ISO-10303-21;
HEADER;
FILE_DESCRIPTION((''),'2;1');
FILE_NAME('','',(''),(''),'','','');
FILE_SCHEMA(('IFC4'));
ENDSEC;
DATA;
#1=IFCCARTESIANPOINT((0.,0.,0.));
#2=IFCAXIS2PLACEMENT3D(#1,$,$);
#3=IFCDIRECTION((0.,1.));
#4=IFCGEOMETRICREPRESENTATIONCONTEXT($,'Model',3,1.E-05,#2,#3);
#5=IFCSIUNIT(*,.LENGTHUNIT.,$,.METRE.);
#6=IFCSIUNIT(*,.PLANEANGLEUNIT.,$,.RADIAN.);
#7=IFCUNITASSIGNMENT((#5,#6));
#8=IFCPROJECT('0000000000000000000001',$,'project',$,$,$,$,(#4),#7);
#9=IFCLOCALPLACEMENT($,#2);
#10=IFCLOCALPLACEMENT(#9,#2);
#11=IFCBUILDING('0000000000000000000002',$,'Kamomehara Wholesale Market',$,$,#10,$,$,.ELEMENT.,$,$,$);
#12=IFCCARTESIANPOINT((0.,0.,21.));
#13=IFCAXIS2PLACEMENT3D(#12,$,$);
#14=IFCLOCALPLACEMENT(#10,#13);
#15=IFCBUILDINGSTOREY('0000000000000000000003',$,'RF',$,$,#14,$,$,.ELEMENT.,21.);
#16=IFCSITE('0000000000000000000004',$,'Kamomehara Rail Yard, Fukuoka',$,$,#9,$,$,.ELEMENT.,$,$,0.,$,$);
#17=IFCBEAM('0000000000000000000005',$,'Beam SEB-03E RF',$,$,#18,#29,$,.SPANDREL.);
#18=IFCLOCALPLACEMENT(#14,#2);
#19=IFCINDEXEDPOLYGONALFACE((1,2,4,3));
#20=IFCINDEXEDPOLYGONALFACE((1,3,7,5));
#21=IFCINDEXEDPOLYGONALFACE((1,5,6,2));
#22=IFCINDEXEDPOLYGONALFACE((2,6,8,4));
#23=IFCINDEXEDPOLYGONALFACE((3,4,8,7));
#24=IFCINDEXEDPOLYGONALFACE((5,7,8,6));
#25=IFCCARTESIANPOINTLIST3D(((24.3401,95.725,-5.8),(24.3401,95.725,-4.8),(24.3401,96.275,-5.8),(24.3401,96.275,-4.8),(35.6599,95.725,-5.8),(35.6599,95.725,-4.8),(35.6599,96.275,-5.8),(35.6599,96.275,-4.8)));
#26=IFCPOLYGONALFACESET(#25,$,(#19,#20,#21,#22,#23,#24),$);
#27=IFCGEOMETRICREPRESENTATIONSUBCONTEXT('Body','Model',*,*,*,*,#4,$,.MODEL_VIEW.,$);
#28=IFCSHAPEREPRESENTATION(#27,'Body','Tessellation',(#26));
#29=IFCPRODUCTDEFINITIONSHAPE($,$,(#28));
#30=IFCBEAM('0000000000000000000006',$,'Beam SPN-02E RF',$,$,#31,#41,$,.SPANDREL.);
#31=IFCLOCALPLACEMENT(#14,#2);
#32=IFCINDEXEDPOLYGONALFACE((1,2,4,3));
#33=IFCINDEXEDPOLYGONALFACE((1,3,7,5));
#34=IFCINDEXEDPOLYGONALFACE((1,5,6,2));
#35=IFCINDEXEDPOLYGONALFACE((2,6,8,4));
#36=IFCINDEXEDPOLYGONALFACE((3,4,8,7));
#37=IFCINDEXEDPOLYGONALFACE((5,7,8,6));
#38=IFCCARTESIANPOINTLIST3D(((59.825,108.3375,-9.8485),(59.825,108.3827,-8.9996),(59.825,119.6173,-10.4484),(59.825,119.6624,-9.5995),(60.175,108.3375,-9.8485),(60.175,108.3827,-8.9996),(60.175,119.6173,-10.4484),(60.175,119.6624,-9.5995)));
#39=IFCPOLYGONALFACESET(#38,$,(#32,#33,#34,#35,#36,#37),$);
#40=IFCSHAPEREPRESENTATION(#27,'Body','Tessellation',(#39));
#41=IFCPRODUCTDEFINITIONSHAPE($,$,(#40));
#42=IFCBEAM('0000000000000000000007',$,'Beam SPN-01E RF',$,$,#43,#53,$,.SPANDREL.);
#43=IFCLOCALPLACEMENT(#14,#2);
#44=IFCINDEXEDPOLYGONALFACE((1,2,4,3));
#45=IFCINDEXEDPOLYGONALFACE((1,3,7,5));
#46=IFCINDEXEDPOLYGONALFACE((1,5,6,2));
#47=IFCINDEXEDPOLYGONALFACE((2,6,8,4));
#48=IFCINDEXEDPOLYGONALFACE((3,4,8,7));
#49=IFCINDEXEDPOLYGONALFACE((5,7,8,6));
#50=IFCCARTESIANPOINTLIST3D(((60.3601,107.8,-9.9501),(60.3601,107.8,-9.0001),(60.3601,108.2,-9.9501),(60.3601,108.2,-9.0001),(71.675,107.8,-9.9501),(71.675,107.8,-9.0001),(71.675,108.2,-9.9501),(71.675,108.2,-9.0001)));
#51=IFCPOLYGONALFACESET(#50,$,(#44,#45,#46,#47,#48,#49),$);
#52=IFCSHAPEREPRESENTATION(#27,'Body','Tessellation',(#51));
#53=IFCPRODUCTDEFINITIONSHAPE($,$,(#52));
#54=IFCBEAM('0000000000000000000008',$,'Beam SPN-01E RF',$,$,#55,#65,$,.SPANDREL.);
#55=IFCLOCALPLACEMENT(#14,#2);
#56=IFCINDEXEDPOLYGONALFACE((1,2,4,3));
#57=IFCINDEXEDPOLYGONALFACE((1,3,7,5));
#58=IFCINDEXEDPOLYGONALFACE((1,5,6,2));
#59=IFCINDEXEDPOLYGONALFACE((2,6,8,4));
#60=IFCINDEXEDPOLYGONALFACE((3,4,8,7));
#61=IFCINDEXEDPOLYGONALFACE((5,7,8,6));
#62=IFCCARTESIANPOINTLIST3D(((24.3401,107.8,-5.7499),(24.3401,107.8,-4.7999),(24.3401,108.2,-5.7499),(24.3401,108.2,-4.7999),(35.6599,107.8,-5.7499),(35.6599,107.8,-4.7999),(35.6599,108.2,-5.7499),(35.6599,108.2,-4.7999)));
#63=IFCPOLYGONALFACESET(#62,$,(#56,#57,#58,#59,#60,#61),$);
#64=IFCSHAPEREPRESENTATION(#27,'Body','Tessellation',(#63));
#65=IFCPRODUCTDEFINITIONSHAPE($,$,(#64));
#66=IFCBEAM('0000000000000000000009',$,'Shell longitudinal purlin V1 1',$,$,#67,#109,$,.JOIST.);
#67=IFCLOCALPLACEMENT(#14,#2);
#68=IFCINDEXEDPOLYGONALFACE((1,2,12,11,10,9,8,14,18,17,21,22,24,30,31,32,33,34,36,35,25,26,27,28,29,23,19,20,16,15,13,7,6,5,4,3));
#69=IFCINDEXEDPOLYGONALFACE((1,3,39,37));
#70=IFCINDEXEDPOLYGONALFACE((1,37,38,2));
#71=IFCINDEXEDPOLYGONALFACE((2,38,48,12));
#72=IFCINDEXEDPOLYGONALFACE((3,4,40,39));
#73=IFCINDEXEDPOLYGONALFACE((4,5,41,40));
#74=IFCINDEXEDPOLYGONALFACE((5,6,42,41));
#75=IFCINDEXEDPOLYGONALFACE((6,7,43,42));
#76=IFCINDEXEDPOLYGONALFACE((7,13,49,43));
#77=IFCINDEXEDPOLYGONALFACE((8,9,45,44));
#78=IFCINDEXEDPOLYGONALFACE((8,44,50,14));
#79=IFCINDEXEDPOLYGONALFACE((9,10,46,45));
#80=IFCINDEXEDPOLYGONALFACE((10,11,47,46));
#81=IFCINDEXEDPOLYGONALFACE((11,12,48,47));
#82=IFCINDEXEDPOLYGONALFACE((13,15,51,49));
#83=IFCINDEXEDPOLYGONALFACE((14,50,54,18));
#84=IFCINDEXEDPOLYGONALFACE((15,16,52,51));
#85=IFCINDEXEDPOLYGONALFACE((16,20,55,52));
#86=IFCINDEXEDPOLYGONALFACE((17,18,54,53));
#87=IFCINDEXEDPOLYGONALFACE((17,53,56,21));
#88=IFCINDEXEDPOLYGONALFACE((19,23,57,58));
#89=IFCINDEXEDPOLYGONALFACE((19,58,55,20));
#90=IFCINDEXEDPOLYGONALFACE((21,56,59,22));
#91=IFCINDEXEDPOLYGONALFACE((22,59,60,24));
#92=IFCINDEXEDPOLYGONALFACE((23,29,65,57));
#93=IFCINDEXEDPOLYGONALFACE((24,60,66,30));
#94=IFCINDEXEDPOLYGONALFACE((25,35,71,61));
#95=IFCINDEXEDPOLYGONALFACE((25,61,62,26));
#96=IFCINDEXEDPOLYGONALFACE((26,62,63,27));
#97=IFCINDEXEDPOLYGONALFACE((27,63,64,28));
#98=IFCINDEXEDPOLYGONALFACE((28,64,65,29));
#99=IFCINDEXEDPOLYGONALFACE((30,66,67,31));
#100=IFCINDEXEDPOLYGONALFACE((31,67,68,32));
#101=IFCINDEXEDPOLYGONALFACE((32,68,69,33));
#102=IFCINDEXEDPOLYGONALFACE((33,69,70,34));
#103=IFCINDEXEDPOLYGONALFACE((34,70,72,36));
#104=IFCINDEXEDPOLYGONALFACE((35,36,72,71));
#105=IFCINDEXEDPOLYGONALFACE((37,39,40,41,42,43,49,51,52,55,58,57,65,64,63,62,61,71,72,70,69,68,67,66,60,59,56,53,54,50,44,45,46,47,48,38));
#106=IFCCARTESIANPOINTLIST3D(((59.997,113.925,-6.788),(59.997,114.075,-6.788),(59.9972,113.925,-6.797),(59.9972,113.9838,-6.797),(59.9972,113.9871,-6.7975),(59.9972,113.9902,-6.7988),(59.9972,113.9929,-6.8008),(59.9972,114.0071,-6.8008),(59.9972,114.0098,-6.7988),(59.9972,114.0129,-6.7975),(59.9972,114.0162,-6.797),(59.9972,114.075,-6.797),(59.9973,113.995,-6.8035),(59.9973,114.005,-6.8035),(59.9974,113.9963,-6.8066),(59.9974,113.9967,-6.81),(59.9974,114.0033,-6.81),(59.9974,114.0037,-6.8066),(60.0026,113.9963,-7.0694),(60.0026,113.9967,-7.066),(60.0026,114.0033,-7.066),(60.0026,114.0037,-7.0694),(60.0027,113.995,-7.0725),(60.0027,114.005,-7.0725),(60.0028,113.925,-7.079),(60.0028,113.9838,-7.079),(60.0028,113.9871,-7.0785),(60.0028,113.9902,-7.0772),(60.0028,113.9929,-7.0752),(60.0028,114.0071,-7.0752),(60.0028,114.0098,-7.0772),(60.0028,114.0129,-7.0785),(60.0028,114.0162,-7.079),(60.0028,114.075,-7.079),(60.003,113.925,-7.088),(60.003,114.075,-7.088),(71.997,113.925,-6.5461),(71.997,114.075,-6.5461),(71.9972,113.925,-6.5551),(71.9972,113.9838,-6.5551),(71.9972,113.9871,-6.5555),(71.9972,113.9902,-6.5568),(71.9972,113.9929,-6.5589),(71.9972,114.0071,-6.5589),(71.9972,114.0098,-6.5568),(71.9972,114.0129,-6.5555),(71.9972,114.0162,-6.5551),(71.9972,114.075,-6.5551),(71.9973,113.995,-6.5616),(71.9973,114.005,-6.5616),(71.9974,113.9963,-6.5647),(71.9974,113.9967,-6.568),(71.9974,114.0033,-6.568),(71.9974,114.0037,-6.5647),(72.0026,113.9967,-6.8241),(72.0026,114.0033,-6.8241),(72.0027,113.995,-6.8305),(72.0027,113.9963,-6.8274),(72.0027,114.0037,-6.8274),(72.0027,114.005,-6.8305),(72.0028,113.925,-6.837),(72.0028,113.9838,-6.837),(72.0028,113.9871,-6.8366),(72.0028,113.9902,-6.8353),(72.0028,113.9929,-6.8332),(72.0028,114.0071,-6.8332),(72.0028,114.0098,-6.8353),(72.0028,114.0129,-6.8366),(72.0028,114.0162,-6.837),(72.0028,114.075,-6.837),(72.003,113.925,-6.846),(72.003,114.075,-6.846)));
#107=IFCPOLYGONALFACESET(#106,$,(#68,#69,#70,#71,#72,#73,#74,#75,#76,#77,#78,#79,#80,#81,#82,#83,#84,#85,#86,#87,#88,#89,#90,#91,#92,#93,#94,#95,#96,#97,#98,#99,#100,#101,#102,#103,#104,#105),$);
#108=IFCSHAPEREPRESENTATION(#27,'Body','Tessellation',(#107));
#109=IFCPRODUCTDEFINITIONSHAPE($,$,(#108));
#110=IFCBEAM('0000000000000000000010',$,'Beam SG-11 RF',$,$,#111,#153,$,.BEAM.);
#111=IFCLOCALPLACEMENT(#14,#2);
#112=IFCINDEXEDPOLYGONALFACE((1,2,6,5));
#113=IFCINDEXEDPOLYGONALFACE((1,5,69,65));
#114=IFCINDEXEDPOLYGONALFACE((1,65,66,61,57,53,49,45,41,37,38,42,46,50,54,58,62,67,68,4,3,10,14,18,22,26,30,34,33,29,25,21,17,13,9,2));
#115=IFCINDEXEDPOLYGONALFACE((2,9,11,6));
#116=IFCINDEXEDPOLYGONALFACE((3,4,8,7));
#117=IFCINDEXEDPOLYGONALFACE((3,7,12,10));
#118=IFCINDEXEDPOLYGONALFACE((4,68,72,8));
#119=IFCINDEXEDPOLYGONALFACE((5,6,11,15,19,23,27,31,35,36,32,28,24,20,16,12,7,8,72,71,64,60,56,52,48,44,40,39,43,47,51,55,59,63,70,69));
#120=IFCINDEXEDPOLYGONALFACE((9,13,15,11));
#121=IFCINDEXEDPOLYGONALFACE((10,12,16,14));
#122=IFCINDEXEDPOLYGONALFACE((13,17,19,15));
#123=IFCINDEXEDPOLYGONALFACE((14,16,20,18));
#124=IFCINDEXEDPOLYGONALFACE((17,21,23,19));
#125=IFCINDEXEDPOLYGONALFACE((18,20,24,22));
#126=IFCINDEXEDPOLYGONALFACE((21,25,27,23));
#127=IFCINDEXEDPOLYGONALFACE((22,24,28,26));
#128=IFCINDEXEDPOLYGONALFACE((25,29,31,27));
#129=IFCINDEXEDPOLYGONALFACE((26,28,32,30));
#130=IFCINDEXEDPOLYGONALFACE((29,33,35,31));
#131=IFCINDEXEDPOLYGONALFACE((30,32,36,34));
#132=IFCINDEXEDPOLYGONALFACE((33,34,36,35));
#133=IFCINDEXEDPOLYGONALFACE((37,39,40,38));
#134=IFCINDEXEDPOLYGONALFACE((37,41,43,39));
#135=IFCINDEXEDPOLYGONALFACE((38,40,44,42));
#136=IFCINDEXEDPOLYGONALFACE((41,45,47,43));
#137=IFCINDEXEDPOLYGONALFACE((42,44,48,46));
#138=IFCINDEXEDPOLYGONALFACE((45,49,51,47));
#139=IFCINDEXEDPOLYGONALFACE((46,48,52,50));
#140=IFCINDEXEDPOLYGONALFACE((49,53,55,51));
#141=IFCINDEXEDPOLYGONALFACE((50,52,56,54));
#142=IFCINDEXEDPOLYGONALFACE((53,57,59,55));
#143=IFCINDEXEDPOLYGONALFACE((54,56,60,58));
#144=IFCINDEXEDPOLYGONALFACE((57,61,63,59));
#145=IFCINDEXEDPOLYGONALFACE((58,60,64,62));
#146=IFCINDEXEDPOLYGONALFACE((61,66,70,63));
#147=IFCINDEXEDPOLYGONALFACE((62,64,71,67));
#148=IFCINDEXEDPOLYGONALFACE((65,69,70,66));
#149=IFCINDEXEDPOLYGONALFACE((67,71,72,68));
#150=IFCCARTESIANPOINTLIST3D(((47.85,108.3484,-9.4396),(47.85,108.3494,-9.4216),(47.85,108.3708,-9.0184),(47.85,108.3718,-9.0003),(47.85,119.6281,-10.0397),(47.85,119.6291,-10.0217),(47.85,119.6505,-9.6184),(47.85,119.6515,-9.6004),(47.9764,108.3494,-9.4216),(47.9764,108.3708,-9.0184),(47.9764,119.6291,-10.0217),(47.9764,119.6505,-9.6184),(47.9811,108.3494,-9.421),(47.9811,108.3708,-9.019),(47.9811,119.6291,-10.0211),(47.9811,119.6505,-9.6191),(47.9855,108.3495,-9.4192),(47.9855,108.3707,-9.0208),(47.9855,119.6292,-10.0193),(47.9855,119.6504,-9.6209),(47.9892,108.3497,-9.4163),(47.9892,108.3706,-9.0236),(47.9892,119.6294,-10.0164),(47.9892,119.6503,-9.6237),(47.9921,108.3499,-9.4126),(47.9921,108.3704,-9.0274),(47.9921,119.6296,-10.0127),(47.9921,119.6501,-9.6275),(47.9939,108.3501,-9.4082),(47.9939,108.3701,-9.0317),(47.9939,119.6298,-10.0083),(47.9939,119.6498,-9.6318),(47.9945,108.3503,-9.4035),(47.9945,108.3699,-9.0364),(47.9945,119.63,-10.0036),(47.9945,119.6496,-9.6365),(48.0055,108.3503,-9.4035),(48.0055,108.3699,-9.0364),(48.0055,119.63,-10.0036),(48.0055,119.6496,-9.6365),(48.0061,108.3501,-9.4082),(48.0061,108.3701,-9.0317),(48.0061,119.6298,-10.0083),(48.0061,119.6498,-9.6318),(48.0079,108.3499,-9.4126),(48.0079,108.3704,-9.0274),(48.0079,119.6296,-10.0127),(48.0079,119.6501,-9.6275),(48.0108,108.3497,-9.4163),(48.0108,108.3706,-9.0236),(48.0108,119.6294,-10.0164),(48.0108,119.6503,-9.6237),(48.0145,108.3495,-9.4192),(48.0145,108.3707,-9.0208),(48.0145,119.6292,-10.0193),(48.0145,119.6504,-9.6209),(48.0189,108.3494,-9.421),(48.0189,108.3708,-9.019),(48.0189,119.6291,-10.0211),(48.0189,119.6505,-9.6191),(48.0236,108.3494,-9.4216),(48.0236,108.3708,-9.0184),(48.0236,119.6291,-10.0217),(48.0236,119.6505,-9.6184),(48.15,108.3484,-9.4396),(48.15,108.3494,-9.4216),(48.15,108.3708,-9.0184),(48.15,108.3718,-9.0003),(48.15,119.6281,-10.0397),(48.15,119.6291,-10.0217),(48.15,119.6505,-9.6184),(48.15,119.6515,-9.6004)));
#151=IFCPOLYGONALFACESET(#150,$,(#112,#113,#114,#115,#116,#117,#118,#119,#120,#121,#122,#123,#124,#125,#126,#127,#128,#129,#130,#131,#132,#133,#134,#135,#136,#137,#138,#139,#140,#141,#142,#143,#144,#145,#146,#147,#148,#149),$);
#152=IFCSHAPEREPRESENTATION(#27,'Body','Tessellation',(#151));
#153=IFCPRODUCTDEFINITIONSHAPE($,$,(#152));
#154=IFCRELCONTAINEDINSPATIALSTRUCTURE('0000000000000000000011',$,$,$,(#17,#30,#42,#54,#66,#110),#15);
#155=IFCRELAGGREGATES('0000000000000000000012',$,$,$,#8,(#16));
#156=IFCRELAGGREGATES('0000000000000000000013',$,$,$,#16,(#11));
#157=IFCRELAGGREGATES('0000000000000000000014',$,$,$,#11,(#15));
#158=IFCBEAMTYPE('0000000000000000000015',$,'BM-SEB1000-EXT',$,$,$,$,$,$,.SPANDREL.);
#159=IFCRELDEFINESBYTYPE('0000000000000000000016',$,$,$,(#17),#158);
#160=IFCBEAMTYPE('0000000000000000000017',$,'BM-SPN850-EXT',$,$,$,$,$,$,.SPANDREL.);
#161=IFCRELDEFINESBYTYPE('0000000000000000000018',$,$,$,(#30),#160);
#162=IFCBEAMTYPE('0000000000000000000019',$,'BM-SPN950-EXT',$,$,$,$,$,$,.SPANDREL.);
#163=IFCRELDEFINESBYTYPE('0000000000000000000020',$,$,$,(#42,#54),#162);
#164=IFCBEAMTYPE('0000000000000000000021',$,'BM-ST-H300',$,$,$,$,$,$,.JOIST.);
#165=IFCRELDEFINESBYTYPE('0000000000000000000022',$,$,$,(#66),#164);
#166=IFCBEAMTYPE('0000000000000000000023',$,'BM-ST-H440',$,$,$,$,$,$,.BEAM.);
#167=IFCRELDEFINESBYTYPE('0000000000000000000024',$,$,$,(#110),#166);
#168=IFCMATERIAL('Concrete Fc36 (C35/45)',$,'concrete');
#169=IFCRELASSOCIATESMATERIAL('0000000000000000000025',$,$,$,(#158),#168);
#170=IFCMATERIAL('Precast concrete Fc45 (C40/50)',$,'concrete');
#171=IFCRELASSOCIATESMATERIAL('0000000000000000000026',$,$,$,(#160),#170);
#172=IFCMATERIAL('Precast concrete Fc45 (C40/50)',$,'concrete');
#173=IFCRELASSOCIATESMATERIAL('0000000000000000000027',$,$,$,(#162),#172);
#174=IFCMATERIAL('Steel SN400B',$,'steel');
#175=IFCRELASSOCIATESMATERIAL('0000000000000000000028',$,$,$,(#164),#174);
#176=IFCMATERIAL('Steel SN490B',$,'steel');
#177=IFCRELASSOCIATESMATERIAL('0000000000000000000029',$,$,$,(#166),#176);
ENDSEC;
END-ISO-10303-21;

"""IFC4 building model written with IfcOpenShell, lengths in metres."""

from ifc_helpers import new_model, si_unit, direction, frame, origin, origin_2d, place, context, subcontext, project, spatial, rectangle, i_section, extrude, material, material_profile, profile_set, type_object, element, save


model = new_model("IFC4")

# Units and contexts
model_context = context("Model", 3, precision=1e-05, world=origin(), true_north=direction((0.0, 1.0)))
body_context = subcontext(model_context, "Body", "Model", "MODEL_VIEW")
ifc_project = project(units=[si_unit("LENGTHUNIT", "METRE"), si_unit("PLANEANGLEUNIT", "RADIAN")], contexts=[model_context])

# Site, building, storey
site_placement = place(None, origin())
site = spatial("IfcSite", under=ifc_project, at=site_placement, Name="Kamomehara Rail Yard, Fukuoka", CompositionType="ELEMENT", RefElevation=0.0)
building_placement = place(site_placement, origin())
building = spatial("IfcBuilding", under=site, at=building_placement, Name="Kamomehara Wholesale Market", CompositionType="ELEMENT")
storey_placement = place(building_placement, frame((0.0, 0.0, 21.0)))
storey = spatial("IfcBuildingStorey", under=building, at=storey_placement, Name="RF", CompositionType="ELEMENT", Elevation=21.0)

# Beams
ifc_material_1 = material(Name="Concrete Fc36 (C35/45)", Category="concrete")
ifc_material_profile_1 = material_profile(ifc_material_1, rectangle(XDim=0.55, YDim=1.0, at=origin_2d()), Name="RC-SEB-550x1000")
ifc_profile_set_1 = profile_set([ifc_material_profile_1], Name="Concrete Fc36 (C35/45)")
beam_type_1 = type_object("IfcBeamType", Name="BM-SEB1000-EXT", PredefinedType="SPANDREL", material=ifc_profile_set_1)
beam_1_placement = place(storey_placement, frame((24.3401, 96.0, -5.3), z_axis=(1.0, 0.0, 0.0), x_axis=(0.0, 1.0, 0.0)))
element("IfcBeam", 1, at=beam_1_placement, inside=storey, type_object=beam_type_1, Name="Beam SEB-03E RF", PredefinedType="SPANDREL", context=body_context, shape_type="SweptSolid", body=[
    extrude(rectangle(XDim=0.55, YDim=1.0, at=origin_2d()), origin(), (0.0, 0.0, 1.0), 11.3198),
])
ifc_material_2 = material(Name="Precast concrete Fc45 (C40/50)", Category="concrete")
ifc_material_profile_2 = material_profile(ifc_material_2, rectangle(XDim=0.3501, YDim=0.8501, at=origin_2d()), Name="PC-SPN-350x850")
ifc_profile_set_2 = profile_set([ifc_material_profile_2], Name="Precast concrete Fc45 (C40/50)")
beam_type_2 = type_object("IfcBeamType", Name="BM-SPN850-EXT", PredefinedType="SPANDREL", material=ifc_profile_set_2)
beam_2_placement = place(storey_placement, frame((60.0, 108.3601, -9.4241), z_axis=(0.0, 0.998589, -0.053104), x_axis=(-1.0, 0.0, 0.0)))
element("IfcBeam", 2, at=beam_2_placement, inside=storey, type_object=beam_type_2, Name="Beam SPN-02E RF", PredefinedType="SPANDREL", context=body_context, shape_type="SweptSolid", body=[
    extrude(rectangle(XDim=0.3501, YDim=0.8501, at=origin_2d()), origin(), (0.0, 0.0, 1.0), 11.2957),
])
ifc_material_3 = material(Name="Precast concrete Fc45 (C40/50)", Category="concrete")
ifc_material_profile_3 = material_profile(ifc_material_3, rectangle(XDim=0.3999, YDim=0.95, at=origin_2d()), Name="PC-SPN-400x950")
ifc_profile_set_3 = profile_set([ifc_material_profile_3], Name="Precast concrete Fc45 (C40/50)")
beam_type_3 = type_object("IfcBeamType", Name="BM-SPN950-EXT", PredefinedType="SPANDREL", material=ifc_profile_set_3)
beam_3_placement = place(storey_placement, frame((60.3601, 108.0, -9.4751), z_axis=(1.0, 0.0, 0.0), x_axis=(0.0, 1.0, 0.0)))
element("IfcBeam", 3, at=beam_3_placement, inside=storey, type_object=beam_type_3, Name="Beam SPN-01E RF", PredefinedType="SPANDREL", context=body_context, shape_type="SweptSolid", body=[
    extrude(rectangle(XDim=0.3999, YDim=0.95, at=origin_2d()), origin(), (0.0, 0.0, 1.0), 11.3149),
])
beam_4_placement = place(storey_placement, frame((24.3401, 108.0, -5.2749), z_axis=(1.0, 0.0, 0.0), x_axis=(0.0, 1.0, 0.0)))
element("IfcBeam", 4, at=beam_4_placement, inside=storey, type_object=beam_type_3, Name="Beam SPN-01E RF", PredefinedType="SPANDREL", context=body_context, shape_type="SweptSolid", body=[
    extrude(rectangle(XDim=0.3999, YDim=0.95, at=origin_2d()), origin(), (0.0, 0.0, 1.0), 11.3198),
])
ifc_material_4 = material(Name="Steel SN400B", Category="steel")
ifc_material_profile_4 = material_profile(ifc_material_4, i_section(OverallWidth=0.1499, OverallDepth=0.3, WebThickness=0.0066, FlangeThickness=0.009, FilletRadius=0.0129, at=origin_2d()), Name="H-300x150x6.5x9")
ifc_profile_set_4 = profile_set([ifc_material_profile_4], Name="Steel SN400B")
beam_type_4 = type_object("IfcBeamType", Name="BM-ST-H300", PredefinedType="JOIST", material=ifc_profile_set_4)
beam_5_placement = place(storey_placement, frame((60.0, 114.0, -6.938), z_axis=(0.999797, 0.0, 0.020158), x_axis=(0.0, 1.0, 0.0)))
element("IfcBeam", 5, at=beam_5_placement, inside=storey, type_object=beam_type_4, Name="Shell longitudinal purlin V1 1", PredefinedType="JOIST", context=body_context, shape_type="SweptSolid", body=[
    extrude(i_section(OverallWidth=0.1499, OverallDepth=0.3, WebThickness=0.0066, FlangeThickness=0.009, FilletRadius=0.0129, at=origin_2d()), origin(), (0.0, 0.0, 1.0), 12.0024),
])
ifc_material_5 = material(Name="Steel SN490B", Category="steel")
ifc_material_profile_5 = material_profile(ifc_material_5, i_section(OverallWidth=0.3, OverallDepth=0.4399, WebThickness=0.011, FlangeThickness=0.0181, FilletRadius=0.0181, at=origin_2d()), Name="H-440x300x11x18")
ifc_profile_set_5 = profile_set([ifc_material_profile_5], Name="Steel SN490B")
beam_type_5 = type_object("IfcBeamType", Name="BM-ST-H440", PredefinedType="BEAM", material=ifc_profile_set_5)
beam_6_placement = place(storey_placement, frame((48.0, 108.3601, -9.22), z_axis=(0.0, 0.998588, -0.053126), x_axis=(-1.0, 0.0, 0.0)))
element("IfcBeam", 6, at=beam_6_placement, inside=storey, type_object=beam_type_5, Name="Beam SG-11 RF", PredefinedType="BEAM", context=body_context, shape_type="SweptSolid", body=[
    extrude(i_section(OverallWidth=0.3, OverallDepth=0.4399, WebThickness=0.011, FlangeThickness=0.0181, FilletRadius=0.0181, at=origin_2d()), origin(), (0.0, 0.0, 1.0), 11.2957),
])

save(model, "model.ifc")
